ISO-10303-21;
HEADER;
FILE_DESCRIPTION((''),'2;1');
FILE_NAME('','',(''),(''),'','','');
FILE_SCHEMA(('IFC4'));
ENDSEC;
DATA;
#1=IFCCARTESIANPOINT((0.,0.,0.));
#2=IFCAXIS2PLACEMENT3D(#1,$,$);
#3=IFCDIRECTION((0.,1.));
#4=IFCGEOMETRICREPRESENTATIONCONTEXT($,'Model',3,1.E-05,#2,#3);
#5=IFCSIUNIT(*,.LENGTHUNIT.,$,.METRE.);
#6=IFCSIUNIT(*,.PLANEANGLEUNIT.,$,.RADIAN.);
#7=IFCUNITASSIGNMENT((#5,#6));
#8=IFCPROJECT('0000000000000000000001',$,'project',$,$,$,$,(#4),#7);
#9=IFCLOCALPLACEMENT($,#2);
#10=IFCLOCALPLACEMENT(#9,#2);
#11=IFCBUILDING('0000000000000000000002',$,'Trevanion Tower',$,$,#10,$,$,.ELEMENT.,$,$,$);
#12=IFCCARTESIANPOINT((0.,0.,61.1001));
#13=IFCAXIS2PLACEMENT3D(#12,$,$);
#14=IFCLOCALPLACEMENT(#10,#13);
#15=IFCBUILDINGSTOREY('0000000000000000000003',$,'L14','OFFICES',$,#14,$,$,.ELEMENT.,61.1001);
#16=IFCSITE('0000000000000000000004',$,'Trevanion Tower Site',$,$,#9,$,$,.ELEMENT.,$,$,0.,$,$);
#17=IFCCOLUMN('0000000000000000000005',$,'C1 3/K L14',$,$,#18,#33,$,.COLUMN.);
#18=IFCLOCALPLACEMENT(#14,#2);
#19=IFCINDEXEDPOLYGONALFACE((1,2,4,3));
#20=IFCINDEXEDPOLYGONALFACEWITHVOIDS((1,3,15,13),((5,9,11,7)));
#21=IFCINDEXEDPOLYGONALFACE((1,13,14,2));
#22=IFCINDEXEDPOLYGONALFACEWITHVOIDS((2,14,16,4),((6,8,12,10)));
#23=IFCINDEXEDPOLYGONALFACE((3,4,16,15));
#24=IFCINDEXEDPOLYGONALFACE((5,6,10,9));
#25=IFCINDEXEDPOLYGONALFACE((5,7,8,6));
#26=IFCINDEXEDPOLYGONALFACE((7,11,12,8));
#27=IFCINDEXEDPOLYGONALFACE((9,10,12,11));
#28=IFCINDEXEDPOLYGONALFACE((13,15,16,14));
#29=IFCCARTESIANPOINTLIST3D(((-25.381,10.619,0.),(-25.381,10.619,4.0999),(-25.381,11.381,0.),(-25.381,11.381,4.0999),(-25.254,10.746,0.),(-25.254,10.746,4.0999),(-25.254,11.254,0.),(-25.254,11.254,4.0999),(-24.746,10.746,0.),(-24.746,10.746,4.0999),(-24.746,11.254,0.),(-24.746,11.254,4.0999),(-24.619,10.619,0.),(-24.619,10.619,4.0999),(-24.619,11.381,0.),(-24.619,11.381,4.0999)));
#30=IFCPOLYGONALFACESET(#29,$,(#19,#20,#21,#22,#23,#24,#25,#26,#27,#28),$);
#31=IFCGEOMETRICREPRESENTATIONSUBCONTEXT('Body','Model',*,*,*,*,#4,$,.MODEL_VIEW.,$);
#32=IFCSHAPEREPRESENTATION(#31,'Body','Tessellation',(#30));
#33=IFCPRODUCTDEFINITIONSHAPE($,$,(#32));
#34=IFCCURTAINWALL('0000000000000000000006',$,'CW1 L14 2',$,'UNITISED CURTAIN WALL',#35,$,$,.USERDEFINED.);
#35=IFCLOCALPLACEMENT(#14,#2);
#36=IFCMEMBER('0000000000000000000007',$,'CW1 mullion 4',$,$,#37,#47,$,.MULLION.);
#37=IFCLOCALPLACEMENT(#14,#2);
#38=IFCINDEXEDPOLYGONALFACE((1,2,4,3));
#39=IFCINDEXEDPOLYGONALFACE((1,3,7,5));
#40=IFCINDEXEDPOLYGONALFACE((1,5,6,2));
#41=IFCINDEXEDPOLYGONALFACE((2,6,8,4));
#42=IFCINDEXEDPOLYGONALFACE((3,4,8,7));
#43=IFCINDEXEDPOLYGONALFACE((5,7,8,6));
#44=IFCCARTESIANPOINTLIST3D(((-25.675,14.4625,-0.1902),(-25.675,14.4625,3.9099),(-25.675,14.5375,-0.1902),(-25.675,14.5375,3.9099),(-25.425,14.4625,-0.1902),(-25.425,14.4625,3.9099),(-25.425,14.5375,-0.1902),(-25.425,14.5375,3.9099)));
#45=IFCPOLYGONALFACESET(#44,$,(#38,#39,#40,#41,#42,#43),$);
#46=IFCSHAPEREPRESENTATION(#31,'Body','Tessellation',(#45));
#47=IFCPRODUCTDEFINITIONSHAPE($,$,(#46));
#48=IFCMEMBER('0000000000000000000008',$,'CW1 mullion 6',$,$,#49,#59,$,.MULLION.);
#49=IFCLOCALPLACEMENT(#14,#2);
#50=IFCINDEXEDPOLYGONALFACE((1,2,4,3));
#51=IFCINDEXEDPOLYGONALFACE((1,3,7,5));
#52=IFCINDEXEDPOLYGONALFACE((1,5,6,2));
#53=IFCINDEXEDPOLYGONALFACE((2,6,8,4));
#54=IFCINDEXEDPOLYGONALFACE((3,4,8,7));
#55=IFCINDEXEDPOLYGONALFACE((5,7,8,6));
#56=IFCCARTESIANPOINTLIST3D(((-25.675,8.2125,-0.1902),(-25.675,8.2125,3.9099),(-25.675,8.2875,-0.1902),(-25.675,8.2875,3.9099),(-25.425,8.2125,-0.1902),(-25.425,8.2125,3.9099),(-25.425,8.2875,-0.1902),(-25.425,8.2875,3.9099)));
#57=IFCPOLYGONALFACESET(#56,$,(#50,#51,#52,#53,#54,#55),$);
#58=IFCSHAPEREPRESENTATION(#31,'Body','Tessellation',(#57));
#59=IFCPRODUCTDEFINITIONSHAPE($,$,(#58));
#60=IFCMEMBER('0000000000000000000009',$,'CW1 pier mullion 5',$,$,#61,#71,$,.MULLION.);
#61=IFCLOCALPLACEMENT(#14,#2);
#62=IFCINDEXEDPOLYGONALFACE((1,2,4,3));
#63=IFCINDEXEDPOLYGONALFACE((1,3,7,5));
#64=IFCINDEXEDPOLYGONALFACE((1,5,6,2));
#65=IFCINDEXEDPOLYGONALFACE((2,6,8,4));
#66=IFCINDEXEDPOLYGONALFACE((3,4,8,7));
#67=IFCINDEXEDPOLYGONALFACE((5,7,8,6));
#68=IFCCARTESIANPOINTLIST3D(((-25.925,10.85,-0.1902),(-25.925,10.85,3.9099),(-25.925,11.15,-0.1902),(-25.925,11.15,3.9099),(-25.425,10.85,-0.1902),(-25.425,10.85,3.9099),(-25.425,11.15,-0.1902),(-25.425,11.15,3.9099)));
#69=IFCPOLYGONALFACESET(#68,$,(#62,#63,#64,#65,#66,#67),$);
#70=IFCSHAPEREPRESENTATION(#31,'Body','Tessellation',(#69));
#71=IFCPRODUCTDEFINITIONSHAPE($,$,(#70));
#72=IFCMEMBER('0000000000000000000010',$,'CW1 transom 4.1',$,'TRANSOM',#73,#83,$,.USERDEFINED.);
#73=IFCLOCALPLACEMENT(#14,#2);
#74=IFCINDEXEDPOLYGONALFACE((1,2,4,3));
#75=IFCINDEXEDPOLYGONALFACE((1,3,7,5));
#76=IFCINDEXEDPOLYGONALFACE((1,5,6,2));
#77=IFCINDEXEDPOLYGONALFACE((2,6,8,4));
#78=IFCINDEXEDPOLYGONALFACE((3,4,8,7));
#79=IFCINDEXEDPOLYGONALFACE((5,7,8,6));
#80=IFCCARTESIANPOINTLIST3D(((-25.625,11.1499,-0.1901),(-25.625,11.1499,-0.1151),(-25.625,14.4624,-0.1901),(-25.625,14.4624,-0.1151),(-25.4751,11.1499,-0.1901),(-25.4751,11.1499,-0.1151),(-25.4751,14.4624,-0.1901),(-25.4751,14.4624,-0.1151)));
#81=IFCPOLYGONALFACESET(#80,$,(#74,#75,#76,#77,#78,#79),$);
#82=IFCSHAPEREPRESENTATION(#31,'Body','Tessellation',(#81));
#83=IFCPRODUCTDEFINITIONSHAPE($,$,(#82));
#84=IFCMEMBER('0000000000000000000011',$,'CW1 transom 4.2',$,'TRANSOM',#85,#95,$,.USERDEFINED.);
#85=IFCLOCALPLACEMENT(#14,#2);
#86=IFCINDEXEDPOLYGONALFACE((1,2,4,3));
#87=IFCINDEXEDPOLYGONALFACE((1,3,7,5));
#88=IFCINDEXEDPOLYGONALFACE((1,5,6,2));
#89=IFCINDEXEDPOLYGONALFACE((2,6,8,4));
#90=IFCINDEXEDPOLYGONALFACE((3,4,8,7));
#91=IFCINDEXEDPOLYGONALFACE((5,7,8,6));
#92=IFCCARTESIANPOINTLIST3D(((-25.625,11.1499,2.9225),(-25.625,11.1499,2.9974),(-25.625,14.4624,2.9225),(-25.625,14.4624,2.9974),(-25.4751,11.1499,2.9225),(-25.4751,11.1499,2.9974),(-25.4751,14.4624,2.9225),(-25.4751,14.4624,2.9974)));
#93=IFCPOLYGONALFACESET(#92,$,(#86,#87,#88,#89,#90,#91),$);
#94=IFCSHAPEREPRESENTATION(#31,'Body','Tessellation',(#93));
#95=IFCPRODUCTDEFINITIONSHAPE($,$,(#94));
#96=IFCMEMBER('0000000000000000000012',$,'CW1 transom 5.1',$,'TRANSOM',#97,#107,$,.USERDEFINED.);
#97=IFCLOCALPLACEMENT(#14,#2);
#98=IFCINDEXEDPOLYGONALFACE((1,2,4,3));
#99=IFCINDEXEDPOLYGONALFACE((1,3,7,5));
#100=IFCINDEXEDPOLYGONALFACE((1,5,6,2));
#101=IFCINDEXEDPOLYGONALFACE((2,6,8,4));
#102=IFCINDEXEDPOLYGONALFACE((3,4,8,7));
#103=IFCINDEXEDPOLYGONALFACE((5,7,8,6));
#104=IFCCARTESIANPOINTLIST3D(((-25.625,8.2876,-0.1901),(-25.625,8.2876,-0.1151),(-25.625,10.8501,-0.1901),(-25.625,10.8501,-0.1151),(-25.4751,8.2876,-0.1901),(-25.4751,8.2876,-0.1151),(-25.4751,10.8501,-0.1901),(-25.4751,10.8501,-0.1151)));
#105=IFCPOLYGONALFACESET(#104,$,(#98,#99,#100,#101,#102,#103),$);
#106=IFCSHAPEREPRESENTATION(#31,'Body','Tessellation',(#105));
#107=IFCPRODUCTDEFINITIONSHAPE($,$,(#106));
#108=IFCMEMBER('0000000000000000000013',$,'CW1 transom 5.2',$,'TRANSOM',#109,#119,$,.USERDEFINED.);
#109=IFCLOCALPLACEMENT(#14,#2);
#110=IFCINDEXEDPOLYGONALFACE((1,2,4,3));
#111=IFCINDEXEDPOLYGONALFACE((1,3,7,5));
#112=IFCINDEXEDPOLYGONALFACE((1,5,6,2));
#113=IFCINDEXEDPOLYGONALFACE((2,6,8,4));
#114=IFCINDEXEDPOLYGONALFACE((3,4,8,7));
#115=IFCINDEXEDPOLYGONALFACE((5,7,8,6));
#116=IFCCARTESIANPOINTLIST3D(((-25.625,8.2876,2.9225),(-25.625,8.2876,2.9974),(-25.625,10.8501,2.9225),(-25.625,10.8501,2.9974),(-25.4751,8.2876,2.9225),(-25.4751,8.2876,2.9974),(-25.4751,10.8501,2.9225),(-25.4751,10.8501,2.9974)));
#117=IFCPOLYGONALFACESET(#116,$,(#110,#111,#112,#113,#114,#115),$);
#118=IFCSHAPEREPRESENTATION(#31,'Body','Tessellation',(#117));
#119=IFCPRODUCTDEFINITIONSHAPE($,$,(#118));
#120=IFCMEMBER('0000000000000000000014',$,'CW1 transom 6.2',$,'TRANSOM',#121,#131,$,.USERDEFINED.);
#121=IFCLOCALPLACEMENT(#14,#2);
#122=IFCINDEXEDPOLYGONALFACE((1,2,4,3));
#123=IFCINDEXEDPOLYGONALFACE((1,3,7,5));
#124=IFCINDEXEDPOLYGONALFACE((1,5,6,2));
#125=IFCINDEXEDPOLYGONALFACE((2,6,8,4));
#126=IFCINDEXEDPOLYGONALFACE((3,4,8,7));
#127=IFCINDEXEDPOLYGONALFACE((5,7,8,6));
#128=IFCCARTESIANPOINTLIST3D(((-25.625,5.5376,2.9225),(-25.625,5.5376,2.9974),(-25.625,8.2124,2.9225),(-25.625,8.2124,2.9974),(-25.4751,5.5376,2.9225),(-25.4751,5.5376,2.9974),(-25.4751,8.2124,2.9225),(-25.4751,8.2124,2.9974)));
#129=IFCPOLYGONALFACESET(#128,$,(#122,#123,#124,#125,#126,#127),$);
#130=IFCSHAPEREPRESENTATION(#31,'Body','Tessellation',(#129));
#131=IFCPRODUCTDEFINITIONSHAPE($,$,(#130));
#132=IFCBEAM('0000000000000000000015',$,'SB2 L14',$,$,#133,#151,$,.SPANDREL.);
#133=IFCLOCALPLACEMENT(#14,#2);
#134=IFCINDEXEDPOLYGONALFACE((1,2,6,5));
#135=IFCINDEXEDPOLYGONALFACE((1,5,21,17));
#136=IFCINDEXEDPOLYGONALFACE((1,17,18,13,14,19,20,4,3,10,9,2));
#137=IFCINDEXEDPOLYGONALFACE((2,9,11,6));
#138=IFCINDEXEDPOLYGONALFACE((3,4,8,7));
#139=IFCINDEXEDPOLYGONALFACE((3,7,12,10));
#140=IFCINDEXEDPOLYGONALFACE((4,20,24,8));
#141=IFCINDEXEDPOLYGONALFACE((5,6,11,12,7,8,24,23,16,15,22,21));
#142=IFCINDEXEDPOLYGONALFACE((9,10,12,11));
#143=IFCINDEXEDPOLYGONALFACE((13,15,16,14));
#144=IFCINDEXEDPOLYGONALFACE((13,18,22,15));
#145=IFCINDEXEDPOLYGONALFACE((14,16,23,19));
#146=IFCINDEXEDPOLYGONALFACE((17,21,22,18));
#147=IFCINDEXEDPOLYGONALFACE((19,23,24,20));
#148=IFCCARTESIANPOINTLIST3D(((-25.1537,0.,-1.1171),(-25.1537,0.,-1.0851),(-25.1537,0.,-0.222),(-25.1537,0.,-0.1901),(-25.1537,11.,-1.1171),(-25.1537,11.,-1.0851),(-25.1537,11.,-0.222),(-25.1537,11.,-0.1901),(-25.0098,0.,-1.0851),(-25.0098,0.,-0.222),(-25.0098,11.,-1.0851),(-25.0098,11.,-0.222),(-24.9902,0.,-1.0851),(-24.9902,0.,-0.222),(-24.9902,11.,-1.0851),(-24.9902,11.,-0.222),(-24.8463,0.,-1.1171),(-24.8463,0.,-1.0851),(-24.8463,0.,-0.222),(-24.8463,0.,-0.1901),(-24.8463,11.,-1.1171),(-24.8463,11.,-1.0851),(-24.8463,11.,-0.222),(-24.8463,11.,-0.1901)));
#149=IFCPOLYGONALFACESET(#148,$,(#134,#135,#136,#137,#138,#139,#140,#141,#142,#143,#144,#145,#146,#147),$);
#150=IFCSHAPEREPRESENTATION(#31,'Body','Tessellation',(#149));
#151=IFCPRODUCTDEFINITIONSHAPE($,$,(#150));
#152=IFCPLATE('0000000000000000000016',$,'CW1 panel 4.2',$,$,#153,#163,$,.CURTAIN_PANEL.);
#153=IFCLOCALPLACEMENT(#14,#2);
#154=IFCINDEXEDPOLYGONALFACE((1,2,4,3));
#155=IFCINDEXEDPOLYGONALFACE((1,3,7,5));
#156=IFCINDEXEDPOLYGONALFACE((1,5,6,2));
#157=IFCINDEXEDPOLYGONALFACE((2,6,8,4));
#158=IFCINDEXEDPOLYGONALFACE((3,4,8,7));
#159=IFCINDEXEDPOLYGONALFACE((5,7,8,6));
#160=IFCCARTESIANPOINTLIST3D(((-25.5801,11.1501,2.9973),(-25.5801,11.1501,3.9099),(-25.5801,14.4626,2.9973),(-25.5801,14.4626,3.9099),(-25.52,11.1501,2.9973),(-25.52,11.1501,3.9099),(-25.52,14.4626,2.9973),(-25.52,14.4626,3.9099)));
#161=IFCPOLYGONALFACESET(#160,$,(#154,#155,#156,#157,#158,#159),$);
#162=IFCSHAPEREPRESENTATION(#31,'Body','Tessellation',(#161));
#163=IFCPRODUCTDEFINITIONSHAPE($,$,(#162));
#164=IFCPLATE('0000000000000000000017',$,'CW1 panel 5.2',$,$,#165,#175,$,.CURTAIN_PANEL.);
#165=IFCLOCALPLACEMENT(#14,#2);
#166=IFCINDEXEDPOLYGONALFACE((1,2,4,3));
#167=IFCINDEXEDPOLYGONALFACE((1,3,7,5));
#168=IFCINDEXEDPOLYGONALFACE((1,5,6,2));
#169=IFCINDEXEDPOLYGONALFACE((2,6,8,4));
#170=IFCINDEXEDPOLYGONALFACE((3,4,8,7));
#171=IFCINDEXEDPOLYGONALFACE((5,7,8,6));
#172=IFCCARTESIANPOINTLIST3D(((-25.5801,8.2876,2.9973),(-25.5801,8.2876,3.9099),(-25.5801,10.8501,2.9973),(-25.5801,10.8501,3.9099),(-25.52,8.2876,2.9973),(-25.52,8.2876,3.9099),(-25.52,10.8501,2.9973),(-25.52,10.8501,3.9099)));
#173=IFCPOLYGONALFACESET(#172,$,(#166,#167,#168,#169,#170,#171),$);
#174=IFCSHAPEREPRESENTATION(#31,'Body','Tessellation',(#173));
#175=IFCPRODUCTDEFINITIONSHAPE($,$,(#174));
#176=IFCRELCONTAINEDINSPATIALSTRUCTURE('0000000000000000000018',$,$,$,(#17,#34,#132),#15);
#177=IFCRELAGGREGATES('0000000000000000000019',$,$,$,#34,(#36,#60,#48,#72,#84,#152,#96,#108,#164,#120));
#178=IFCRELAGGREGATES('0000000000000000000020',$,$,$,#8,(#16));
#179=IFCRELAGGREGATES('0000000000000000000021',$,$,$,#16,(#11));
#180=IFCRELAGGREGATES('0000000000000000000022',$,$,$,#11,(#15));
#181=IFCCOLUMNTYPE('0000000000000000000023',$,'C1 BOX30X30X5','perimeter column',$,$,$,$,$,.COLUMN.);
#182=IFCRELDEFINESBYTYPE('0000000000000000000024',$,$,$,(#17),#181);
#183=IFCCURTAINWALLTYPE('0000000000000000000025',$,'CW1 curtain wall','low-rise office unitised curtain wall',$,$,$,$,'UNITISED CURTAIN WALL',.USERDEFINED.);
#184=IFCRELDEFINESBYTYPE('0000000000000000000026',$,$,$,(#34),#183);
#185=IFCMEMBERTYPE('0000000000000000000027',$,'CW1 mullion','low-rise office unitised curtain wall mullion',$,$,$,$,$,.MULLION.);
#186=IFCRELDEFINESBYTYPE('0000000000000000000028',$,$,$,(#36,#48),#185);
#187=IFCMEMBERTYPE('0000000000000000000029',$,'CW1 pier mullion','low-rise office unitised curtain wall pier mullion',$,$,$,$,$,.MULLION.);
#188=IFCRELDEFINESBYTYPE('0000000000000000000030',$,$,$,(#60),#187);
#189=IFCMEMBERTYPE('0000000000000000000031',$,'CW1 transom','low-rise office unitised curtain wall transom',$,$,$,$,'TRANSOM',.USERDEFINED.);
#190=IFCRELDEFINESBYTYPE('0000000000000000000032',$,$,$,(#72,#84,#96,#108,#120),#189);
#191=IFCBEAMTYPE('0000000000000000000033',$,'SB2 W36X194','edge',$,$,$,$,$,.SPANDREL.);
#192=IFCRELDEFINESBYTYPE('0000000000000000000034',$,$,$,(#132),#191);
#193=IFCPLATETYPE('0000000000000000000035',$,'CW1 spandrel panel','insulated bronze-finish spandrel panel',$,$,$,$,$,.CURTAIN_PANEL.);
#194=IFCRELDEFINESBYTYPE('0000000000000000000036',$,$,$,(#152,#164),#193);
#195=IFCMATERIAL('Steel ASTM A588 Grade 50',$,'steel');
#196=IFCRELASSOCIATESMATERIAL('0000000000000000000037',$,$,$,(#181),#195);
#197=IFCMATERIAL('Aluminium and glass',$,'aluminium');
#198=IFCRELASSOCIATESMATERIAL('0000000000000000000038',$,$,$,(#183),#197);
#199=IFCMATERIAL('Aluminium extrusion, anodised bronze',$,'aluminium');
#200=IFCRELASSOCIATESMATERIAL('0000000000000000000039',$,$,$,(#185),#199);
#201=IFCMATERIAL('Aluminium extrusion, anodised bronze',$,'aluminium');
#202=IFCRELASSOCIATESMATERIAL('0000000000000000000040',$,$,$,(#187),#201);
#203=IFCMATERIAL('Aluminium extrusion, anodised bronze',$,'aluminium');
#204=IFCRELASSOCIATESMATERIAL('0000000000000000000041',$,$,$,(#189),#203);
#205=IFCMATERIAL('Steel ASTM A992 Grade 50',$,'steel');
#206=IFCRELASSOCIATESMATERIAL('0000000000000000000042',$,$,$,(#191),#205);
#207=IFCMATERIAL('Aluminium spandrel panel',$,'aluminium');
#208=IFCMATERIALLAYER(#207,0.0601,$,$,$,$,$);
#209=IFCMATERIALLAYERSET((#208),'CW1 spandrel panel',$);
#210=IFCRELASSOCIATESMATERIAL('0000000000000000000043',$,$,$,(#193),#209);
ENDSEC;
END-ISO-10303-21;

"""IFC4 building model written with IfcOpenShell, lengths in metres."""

from ifc_helpers import new_model, si_unit, direction, frame, origin, origin_2d, place, context, subcontext, project, spatial, rectangle, hollow_rectangle, i_section, extrude, material, layer, layer_set, material_profile, profile_set, type_object, element, aggregate, save


model = new_model("IFC4")

# Units and contexts
model_context = context("Model", 3, precision=1e-05, world=origin(), true_north=direction((0.0, 1.0)))
body_context = subcontext(model_context, "Body", "Model", "MODEL_VIEW")
ifc_project = project(units=[si_unit("LENGTHUNIT", "METRE"), si_unit("PLANEANGLEUNIT", "RADIAN")], contexts=[model_context])

# Site, building, storey
site_placement = place(None, origin())
site = spatial("IfcSite", under=ifc_project, at=site_placement, Name="Trevanion Tower Site", CompositionType="ELEMENT", RefElevation=0.0)
building_placement = place(site_placement, origin())
building = spatial("IfcBuilding", under=site, at=building_placement, Name="Trevanion Tower", CompositionType="ELEMENT")
storey_placement = place(building_placement, frame((0.0, 0.0, 61.1001)))
storey = spatial("IfcBuildingStorey", under=building, at=storey_placement, Name="L14", Description="OFFICES", CompositionType="ELEMENT", Elevation=61.1001)

# Column
ifc_material_1 = material(Name="Steel ASTM A588 Grade 50", Category="steel")
ifc_material_profile_1 = material_profile(ifc_material_1, hollow_rectangle(XDim=0.762, YDim=0.762, WallThickness=0.127, at=origin_2d()), Name="BOX30X30X5")
ifc_profile_set_1 = profile_set([ifc_material_profile_1], Name="Steel ASTM A588 Grade 50")
column_type = type_object("IfcColumnType", Name="C1 BOX30X30X5", Description="perimeter column", PredefinedType="COLUMN", material=ifc_profile_set_1)
column_placement = place(storey_placement, frame((-25.0, 11.0, 0.0), z_axis=(0.0, 0.0, 1.0), x_axis=(0.0, 1.0, 0.0)))
element("IfcColumn", 1, at=column_placement, inside=storey, type_object=column_type, Name="C1 3/K L14", PredefinedType="COLUMN", context=body_context, shape_type="SweptSolid", body=[
    extrude(hollow_rectangle(XDim=0.762, YDim=0.762, WallThickness=0.127, at=origin_2d()), origin(), (0.0, 0.0, 1.0), 4.0999),
])

# Curtain wall, members
ifc_material_2 = material(Name="Aluminium and glass", Category="aluminium")
curtain_wall_type = type_object("IfcCurtainWallType", Name="CW1 curtain wall", Description="low-rise office unitised curtain wall", ElementType="UNITISED CURTAIN WALL", PredefinedType="USERDEFINED", material=ifc_material_2)
curtain_wall_placement = place(storey_placement, origin())
curtain_wall = element("IfcCurtainWall", 2, at=curtain_wall_placement, inside=storey, type_object=curtain_wall_type, Name="CW1 L14 2", ObjectType="UNITISED CURTAIN WALL", PredefinedType="USERDEFINED")
ifc_material_3 = material(Name="Aluminium extrusion, anodised bronze", Category="aluminium")
ifc_material_profile_2 = material_profile(ifc_material_3, rectangle(XDim=0.075, YDim=0.25, at=origin_2d()), Name="CW1 mullion")
ifc_profile_set_2 = profile_set([ifc_material_profile_2], Name="Aluminium extrusion, anodised bronze")
member_type_1 = type_object("IfcMemberType", Name="CW1 mullion", Description="low-rise office unitised curtain wall mullion", PredefinedType="MULLION", material=ifc_profile_set_2)
member_1_placement = place(storey_placement, frame((-25.55, 14.5, -0.1902), z_axis=(0.0, 0.0, 1.0), x_axis=(0.0, -1.0, 0.0)))
member_1 = element("IfcMember", 3, at=member_1_placement, type_object=member_type_1, Name="CW1 mullion 4", PredefinedType="MULLION", context=body_context, shape_type="SweptSolid", body=[
    extrude(rectangle(XDim=0.075, YDim=0.25, at=origin_2d()), origin(), (0.0, 0.0, 1.0), 4.1001),
])
member_2_placement = place(storey_placement, frame((-25.55, 8.25, -0.1902), z_axis=(0.0, 0.0, 1.0), x_axis=(0.0, -1.0, 0.0)))
member_2 = element("IfcMember", 4, at=member_2_placement, type_object=member_type_1, Name="CW1 mullion 6", PredefinedType="MULLION", context=body_context, shape_type="SweptSolid", body=[
    extrude(rectangle(XDim=0.075, YDim=0.25, at=origin_2d()), origin(), (0.0, 0.0, 1.0), 4.1001),
])
ifc_material_4 = material(Name="Aluminium extrusion, anodised bronze", Category="aluminium")
ifc_material_profile_3 = material_profile(ifc_material_4, rectangle(XDim=0.3, YDim=0.5, at=origin_2d()), Name="CW1 pier mullion")
ifc_profile_set_3 = profile_set([ifc_material_profile_3], Name="Aluminium extrusion, anodised bronze")
member_type_2 = type_object("IfcMemberType", Name="CW1 pier mullion", Description="low-rise office unitised curtain wall pier mullion", PredefinedType="MULLION", material=ifc_profile_set_3)
member_3_placement = place(storey_placement, frame((-25.675, 11.0, -0.1902), z_axis=(0.0, 0.0, 1.0), x_axis=(0.0, -1.0, 0.0)))
member_3 = element("IfcMember", 5, at=member_3_placement, type_object=member_type_2, Name="CW1 pier mullion 5", PredefinedType="MULLION", context=body_context, shape_type="SweptSolid", body=[
    extrude(rectangle(XDim=0.3, YDim=0.5, at=origin_2d()), origin(), (0.0, 0.0, 1.0), 4.1001),
])
ifc_material_5 = material(Name="Aluminium extrusion, anodised bronze", Category="aluminium")
ifc_material_profile_4 = material_profile(ifc_material_5, rectangle(XDim=0.1499, YDim=0.075, at=origin_2d()), Name="CW1 transom")
ifc_profile_set_4 = profile_set([ifc_material_profile_4], Name="Aluminium extrusion, anodised bronze")
member_type_3 = type_object("IfcMemberType", Name="CW1 transom", Description="low-rise office unitised curtain wall transom", ElementType="TRANSOM", PredefinedType="USERDEFINED", material=ifc_profile_set_4)
member_4_placement = place(storey_placement, frame((-25.55, 14.4624, -0.1526), z_axis=(0.0, -1.0, 0.0), x_axis=(1.0, 0.0, 0.0)))
member_4 = element("IfcMember", 6, at=member_4_placement, type_object=member_type_3, Name="CW1 transom 4.1", ObjectType="TRANSOM", PredefinedType="USERDEFINED", context=body_context, shape_type="SweptSolid", body=[
    extrude(rectangle(XDim=0.1499, YDim=0.075, at=origin_2d()), origin(), (0.0, 0.0, 1.0), 3.3125),
])
member_5_placement = place(storey_placement, frame((-25.55, 14.4624, 2.96), z_axis=(0.0, -1.0, 0.0), x_axis=(1.0, 0.0, 0.0)))
member_5 = element("IfcMember", 7, at=member_5_placement, type_object=member_type_3, Name="CW1 transom 4.2", ObjectType="TRANSOM", PredefinedType="USERDEFINED", context=body_context, shape_type="SweptSolid", body=[
    extrude(rectangle(XDim=0.1499, YDim=0.075, at=origin_2d()), origin(), (0.0, 0.0, 1.0), 3.3125),
])
member_6_placement = place(storey_placement, frame((-25.55, 10.8501, -0.1526), z_axis=(0.0, -1.0, 0.0), x_axis=(1.0, 0.0, 0.0)))
member_6 = element("IfcMember", 8, at=member_6_placement, type_object=member_type_3, Name="CW1 transom 5.1", ObjectType="TRANSOM", PredefinedType="USERDEFINED", context=body_context, shape_type="SweptSolid", body=[
    extrude(rectangle(XDim=0.1499, YDim=0.075, at=origin_2d()), origin(), (0.0, 0.0, 1.0), 2.5625),
])
member_7_placement = place(storey_placement, frame((-25.55, 10.8501, 2.96), z_axis=(0.0, -1.0, 0.0), x_axis=(1.0, 0.0, 0.0)))
member_7 = element("IfcMember", 9, at=member_7_placement, type_object=member_type_3, Name="CW1 transom 5.2", ObjectType="TRANSOM", PredefinedType="USERDEFINED", context=body_context, shape_type="SweptSolid", body=[
    extrude(rectangle(XDim=0.1499, YDim=0.075, at=origin_2d()), origin(), (0.0, 0.0, 1.0), 2.5625),
])
member_8_placement = place(storey_placement, frame((-25.55, 8.2124, 2.96), z_axis=(0.0, -1.0, 0.0), x_axis=(1.0, 0.0, 0.0)))
member_8 = element("IfcMember", 10, at=member_8_placement, type_object=member_type_3, Name="CW1 transom 6.2", ObjectType="TRANSOM", PredefinedType="USERDEFINED", context=body_context, shape_type="SweptSolid", body=[
    extrude(rectangle(XDim=0.1499, YDim=0.075, at=origin_2d()), origin(), (0.0, 0.0, 1.0), 2.6748),
])

# Beam
ifc_material_6 = material(Name="Steel ASTM A992 Grade 50", Category="steel")
ifc_material_profile_5 = material_profile(ifc_material_6, i_section(OverallWidth=0.3074, OverallDepth=0.927, WebThickness=0.0195, FlangeThickness=0.032, at=origin_2d()), Name="W36X194")
ifc_profile_set_5 = profile_set([ifc_material_profile_5], Name="Steel ASTM A992 Grade 50")
beam_type = type_object("IfcBeamType", Name="SB2 W36X194", Description="edge", PredefinedType="SPANDREL", material=ifc_profile_set_5)
beam_placement = place(storey_placement, frame((-25.0, 11.0, -0.6536), z_axis=(0.0, -1.0, 0.0), x_axis=(1.0, 0.0, 0.0)))
element("IfcBeam", 11, at=beam_placement, inside=storey, type_object=beam_type, Name="SB2 L14", PredefinedType="SPANDREL", context=body_context, shape_type="SweptSolid", body=[
    extrude(i_section(OverallWidth=0.3074, OverallDepth=0.927, WebThickness=0.0195, FlangeThickness=0.032, at=origin_2d()), origin(), (0.0, 0.0, 1.0), 11.0),
])

# Plates
ifc_material_7 = material(Name="Aluminium spandrel panel", Category="aluminium")
ifc_layer_1 = layer(ifc_material_7, 0.0601)
ifc_layer_set_1 = layer_set([ifc_layer_1], Name="CW1 spandrel panel")
plate_type_1 = type_object("IfcPlateType", Name="CW1 spandrel panel", Description="insulated bronze-finish spandrel panel", PredefinedType="CURTAIN_PANEL", material=ifc_layer_set_1)
plate_1_placement = place(storey_placement, frame((-25.55, 12.8064, 2.9973), z_axis=(0.0, 0.0, 1.0), x_axis=(0.0, -1.0, 0.0)))
plate_1 = element("IfcPlate", 12, at=plate_1_placement, type_object=plate_type_1, Name="CW1 panel 4.2", PredefinedType="CURTAIN_PANEL", context=body_context, shape_type="SweptSolid", body=[
    extrude(rectangle(XDim=3.3125, YDim=0.0601, at=origin_2d()), origin(), (0.0, 0.0, 1.0), 0.9126),
])
plate_2_placement = place(storey_placement, frame((-25.55, 9.5688, 2.9973), z_axis=(0.0, 0.0, 1.0), x_axis=(0.0, -1.0, 0.0)))
plate_2 = element("IfcPlate", 13, at=plate_2_placement, type_object=plate_type_1, Name="CW1 panel 5.2", PredefinedType="CURTAIN_PANEL", context=body_context, shape_type="SweptSolid", body=[
    extrude(rectangle(XDim=2.5625, YDim=0.0601, at=origin_2d()), origin(), (0.0, 0.0, 1.0), 0.9126),
])
aggregate(curtain_wall, [member_1, member_3, member_2, member_4, member_5, plate_1, member_6, member_7, plate_2, member_8])

save(model, "model.ifc")
